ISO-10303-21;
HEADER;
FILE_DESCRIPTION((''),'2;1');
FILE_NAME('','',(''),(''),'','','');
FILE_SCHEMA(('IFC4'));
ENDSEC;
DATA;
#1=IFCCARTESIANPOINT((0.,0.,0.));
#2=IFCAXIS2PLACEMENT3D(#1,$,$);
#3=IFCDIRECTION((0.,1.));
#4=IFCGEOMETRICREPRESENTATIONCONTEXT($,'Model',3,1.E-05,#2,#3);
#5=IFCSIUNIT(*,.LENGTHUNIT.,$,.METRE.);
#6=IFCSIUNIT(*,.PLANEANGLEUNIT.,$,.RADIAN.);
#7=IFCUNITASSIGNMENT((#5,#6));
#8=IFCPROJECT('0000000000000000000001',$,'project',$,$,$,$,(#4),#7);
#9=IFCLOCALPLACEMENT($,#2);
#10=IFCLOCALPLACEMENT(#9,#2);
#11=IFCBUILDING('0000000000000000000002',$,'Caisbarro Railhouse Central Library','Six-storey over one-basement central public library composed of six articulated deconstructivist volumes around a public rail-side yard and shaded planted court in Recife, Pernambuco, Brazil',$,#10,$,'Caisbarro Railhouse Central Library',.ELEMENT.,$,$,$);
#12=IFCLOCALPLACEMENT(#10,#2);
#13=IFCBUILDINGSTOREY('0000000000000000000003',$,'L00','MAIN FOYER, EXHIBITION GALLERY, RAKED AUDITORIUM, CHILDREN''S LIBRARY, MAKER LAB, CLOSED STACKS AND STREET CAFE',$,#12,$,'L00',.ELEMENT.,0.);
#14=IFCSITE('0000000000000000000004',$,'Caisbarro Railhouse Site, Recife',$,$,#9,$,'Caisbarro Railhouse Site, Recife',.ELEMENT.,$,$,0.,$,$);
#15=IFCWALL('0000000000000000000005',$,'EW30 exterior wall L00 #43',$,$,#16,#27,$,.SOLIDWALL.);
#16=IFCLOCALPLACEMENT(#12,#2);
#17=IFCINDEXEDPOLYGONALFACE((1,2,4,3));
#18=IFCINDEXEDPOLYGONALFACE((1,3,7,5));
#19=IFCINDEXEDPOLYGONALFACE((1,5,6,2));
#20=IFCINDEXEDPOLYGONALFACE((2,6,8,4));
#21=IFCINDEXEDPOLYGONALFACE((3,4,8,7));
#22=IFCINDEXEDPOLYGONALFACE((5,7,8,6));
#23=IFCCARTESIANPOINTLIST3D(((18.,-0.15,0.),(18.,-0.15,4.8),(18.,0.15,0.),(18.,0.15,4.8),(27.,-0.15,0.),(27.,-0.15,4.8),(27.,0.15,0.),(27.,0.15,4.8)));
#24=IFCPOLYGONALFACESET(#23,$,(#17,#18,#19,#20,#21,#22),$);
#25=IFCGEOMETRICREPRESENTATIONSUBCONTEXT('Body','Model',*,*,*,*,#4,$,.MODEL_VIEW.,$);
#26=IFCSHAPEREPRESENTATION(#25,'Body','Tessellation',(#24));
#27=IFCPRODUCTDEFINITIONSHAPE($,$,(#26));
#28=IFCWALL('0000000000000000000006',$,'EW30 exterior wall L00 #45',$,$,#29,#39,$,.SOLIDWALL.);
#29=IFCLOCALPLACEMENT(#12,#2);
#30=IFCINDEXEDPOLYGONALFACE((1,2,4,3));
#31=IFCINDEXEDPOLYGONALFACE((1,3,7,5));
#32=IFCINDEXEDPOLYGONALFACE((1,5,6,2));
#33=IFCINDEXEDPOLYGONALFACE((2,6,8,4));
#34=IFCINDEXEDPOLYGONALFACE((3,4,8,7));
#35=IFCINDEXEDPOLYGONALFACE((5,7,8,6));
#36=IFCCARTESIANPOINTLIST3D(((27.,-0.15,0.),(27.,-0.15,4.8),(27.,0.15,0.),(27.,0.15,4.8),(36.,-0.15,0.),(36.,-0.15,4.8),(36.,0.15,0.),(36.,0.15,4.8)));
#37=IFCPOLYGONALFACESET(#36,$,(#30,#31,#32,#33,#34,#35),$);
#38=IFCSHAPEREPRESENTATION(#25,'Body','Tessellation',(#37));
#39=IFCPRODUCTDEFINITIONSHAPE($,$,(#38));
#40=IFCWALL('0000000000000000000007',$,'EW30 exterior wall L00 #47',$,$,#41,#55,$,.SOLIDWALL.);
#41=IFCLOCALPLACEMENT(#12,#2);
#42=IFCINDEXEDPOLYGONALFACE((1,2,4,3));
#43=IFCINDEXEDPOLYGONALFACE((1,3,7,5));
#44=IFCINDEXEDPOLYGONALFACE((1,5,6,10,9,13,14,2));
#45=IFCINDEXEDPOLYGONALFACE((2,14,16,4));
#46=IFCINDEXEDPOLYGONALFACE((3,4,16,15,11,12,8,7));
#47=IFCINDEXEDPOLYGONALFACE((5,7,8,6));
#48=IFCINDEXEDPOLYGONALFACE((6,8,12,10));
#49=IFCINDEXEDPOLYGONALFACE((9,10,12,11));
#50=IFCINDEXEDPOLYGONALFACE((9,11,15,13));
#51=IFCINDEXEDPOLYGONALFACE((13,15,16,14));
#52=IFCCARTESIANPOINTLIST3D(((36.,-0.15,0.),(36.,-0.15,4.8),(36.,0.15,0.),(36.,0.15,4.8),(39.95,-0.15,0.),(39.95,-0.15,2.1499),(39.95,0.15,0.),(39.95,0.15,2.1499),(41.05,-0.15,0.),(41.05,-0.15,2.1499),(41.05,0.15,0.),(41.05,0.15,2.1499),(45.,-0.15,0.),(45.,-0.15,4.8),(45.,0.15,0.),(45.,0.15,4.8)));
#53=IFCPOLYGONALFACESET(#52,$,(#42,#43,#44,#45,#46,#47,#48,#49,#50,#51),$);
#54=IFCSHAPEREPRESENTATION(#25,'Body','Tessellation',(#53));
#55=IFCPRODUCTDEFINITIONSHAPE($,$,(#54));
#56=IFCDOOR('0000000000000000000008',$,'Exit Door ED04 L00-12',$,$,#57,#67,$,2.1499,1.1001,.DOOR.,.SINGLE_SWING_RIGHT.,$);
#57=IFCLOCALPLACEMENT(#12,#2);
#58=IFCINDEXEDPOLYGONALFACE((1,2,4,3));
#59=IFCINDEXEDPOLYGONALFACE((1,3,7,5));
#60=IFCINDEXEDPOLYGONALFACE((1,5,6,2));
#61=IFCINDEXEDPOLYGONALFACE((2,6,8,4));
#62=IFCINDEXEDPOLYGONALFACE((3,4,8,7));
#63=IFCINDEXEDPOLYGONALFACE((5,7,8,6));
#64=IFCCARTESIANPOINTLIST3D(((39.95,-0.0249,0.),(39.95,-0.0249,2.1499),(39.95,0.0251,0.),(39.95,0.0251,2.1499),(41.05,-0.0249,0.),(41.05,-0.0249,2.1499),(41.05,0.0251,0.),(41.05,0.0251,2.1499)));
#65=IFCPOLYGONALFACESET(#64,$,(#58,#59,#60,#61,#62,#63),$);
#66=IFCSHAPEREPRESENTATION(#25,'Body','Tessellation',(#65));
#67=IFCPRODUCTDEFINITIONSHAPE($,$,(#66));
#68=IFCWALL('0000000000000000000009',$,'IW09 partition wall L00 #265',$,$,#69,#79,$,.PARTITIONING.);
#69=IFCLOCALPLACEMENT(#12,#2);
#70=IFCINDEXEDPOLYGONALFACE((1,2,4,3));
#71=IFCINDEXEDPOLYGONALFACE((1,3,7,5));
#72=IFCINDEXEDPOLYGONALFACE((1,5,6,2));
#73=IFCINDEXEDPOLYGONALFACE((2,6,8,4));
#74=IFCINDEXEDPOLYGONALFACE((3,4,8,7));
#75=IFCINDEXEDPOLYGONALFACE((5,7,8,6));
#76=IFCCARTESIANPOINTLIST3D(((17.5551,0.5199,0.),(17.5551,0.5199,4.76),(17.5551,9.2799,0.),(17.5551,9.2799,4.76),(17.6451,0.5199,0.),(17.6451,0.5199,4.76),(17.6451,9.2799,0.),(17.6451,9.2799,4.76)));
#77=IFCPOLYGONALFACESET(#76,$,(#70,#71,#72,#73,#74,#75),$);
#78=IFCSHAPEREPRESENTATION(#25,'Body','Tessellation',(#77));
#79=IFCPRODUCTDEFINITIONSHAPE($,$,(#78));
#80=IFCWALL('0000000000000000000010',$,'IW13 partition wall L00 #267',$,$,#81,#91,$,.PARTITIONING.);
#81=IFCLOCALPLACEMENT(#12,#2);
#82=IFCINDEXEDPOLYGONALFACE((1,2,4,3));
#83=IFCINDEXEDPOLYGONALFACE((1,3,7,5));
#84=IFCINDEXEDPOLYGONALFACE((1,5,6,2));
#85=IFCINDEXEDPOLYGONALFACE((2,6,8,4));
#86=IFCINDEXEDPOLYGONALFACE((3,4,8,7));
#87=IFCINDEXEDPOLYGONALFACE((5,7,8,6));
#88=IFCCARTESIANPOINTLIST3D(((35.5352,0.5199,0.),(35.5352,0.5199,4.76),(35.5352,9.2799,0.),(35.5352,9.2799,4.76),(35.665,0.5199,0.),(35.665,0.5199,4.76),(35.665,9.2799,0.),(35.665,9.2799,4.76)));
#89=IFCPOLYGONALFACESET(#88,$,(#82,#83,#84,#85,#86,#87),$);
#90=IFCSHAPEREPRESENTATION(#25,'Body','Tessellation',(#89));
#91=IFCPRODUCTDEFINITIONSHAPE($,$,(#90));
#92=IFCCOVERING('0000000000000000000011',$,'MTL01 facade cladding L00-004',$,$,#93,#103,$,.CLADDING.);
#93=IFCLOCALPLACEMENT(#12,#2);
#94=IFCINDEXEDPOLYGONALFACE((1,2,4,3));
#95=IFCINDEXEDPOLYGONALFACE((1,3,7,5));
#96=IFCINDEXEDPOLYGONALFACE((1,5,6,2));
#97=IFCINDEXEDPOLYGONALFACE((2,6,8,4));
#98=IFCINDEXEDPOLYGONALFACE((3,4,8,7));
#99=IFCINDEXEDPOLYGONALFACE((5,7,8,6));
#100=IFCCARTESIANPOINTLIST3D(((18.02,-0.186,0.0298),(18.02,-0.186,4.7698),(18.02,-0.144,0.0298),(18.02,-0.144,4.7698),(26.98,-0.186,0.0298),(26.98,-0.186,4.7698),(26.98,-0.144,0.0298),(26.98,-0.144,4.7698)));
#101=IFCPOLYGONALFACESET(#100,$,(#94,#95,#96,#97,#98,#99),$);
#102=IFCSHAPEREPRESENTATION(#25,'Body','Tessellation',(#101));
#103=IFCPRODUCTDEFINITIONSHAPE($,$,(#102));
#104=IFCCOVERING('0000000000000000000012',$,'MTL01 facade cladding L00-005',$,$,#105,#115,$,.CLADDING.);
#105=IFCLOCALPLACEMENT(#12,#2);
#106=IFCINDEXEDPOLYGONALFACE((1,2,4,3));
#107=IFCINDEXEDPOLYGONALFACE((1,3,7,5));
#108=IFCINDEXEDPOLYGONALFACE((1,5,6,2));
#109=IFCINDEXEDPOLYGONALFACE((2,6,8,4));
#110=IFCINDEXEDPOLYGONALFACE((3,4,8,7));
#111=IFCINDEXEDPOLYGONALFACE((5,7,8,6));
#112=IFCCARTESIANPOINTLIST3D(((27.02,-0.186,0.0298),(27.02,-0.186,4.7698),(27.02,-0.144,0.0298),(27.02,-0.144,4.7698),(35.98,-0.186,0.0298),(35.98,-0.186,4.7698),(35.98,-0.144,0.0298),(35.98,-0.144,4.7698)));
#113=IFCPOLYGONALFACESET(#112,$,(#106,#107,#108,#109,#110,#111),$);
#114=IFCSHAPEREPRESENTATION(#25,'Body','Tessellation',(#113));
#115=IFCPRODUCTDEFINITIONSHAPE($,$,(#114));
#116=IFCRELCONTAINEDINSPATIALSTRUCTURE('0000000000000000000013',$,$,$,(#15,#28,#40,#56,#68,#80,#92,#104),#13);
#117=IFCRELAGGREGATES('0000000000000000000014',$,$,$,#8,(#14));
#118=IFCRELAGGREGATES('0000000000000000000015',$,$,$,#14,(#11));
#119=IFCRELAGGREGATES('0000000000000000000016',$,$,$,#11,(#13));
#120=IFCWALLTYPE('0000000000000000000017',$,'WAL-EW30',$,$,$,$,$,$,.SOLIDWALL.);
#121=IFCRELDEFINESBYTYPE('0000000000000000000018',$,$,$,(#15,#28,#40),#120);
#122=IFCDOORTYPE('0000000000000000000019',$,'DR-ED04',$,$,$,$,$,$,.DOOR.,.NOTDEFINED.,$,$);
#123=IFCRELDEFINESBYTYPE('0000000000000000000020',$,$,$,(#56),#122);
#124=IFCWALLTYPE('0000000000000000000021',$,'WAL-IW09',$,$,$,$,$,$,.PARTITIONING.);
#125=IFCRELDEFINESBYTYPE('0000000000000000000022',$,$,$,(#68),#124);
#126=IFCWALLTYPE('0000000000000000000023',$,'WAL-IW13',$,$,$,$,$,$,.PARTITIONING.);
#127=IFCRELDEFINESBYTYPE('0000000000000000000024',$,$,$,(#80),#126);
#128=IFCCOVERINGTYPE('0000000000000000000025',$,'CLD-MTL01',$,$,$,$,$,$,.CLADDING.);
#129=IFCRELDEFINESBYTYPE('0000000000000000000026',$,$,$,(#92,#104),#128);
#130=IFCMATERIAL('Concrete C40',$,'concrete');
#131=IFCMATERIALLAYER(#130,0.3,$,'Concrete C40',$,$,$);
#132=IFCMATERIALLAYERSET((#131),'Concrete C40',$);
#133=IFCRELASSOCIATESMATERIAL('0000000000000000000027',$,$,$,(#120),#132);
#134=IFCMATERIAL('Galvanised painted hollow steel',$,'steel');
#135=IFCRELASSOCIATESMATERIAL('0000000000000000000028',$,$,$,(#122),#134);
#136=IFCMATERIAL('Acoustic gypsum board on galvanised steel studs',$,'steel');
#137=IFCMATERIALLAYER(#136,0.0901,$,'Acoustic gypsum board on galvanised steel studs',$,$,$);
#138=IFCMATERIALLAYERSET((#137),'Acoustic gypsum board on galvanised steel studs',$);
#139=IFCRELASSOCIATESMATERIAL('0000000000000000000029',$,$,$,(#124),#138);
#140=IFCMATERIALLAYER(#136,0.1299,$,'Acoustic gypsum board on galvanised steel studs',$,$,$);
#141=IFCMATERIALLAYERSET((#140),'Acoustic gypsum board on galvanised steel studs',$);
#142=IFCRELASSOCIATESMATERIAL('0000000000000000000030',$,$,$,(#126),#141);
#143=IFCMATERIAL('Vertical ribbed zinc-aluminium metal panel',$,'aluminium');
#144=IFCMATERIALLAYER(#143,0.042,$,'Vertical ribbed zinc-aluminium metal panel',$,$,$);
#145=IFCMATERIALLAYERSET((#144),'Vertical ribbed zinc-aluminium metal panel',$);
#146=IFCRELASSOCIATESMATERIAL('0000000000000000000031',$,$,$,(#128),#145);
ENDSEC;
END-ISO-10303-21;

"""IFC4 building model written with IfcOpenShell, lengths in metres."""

from ifc_helpers import new_model, si_unit, direction, frame, frame_2d, origin, origin_2d, place, context, subcontext, project, spatial, rectangle, extrude, material, layer, layer_set, type_object, element, fill, save


model = new_model("IFC4")

# Units and contexts
model_context = context("Model", 3, precision=1e-05, world=origin(), true_north=direction((0.0, 1.0)))
body_context = subcontext(model_context, "Body", "Model", "MODEL_VIEW")
ifc_project = project(units=[si_unit("LENGTHUNIT", "METRE"), si_unit("PLANEANGLEUNIT", "RADIAN")], contexts=[model_context])

# Site, building, storey
site_placement = place(None, origin())
site = spatial("IfcSite", under=ifc_project, at=site_placement, Name="Caisbarro Railhouse Site, Recife", LongName="Caisbarro Railhouse Site, Recife", CompositionType="ELEMENT", RefElevation=0.0)
building_placement = place(site_placement, origin())
building = spatial("IfcBuilding", under=site, at=building_placement, Name="Caisbarro Railhouse Central Library", Description="Six-storey over one-basement central public library composed of six articulated deconstructivist volumes around a public rail-side yard and shaded planted court in Recife, Pernambuco, Brazil", LongName="Caisbarro Railhouse Central Library", CompositionType="ELEMENT")
storey_placement = place(building_placement, origin())
storey = spatial("IfcBuildingStorey", under=building, at=storey_placement, Name="L00", Description="MAIN FOYER, EXHIBITION GALLERY, RAKED AUDITORIUM, CHILDREN'S LIBRARY, MAKER LAB, CLOSED STACKS AND STREET CAFE", LongName="L00", CompositionType="ELEMENT", Elevation=0.0)

# Walls
ifc_material_1 = material(Name="Concrete C40", Category="concrete")
ifc_layer_1 = layer(ifc_material_1, 0.3, Name="Concrete C40")
ifc_layer_set_1 = layer_set([ifc_layer_1], Name="Concrete C40")
wall_type_1 = type_object("IfcWallType", Name="WAL-EW30", PredefinedType="SOLIDWALL", material=ifc_layer_set_1)
for number, where, z_axis, x_axis, name in (
    (1, (18.0, 0.0, 0.0), (0.0, 0.0, 1.0), (1.0, 0.0, 0.0), "EW30 exterior wall L00 #43"),
    (2, (27.0, 0.0, 0.0), (0.0, 0.0, 1.0), (1.0, 0.0, 0.0), "EW30 exterior wall L00 #45"),
):
    element("IfcWall", number, at=place(storey_placement, frame(where, z_axis=z_axis, x_axis=x_axis)), inside=storey, type_object=wall_type_1, Name=name, PredefinedType="SOLIDWALL", context=body_context, shape_type="SweptSolid", body=[
        extrude(rectangle(XDim=9.0, YDim=0.3, at=frame_2d((4.5, 0.0))), origin(), (0.0, 0.0, 1.0), 4.8),
    ])

# Wall, opening, door
wall_1_placement = place(storey_placement, frame((36.0, 0.0, 0.0), z_axis=(0.0, 0.0, 1.0), x_axis=(1.0, 0.0, 0.0)))
wall_1 = element("IfcWall", 3, at=wall_1_placement, inside=storey, type_object=wall_type_1, Name="EW30 exterior wall L00 #47", PredefinedType="SOLIDWALL", context=body_context, shape_type="SweptSolid", body=[
    extrude(rectangle(XDim=9.0, YDim=0.3, at=frame_2d((4.5, 0.0))), origin(), (0.0, 0.0, 1.0), 4.8),
])
opening_placement = place(wall_1_placement, frame((3.95, 0.0, 0.0)))
opening = element("IfcOpeningElement", 4, at=opening_placement, cuts=wall_1, PredefinedType="OPENING", context=body_context, shape_type="SweptSolid", body=[
    extrude(rectangle(XDim=1.1001, YDim=2.1499, at=frame_2d((0.55, 1.075))), frame((0.0, 0.1602, 0.0), z_axis=(0.0, -1.0, 0.0), x_axis=(1.0, 0.0, 0.0)), (0.0, 0.0, 1.0), 0.3201),
])
ifc_material_2 = material(Name="Galvanised painted hollow steel", Category="steel")
door_type = type_object("IfcDoorType", Name="DR-ED04", OperationType="NOTDEFINED", PredefinedType="DOOR", material=ifc_material_2)
door_placement = place(opening_placement, frame((1.1001, 0.0, 0.0), z_axis=(0.0, 0.0, 1.0), x_axis=(-1.0, 0.0, 0.0)))
door = element("IfcDoor", 5, at=door_placement, inside=storey, type_object=door_type, Name="Exit Door ED04 L00-12", OperationType="SINGLE_SWING_RIGHT", OverallHeight=2.1499, OverallWidth=1.1001, PredefinedType="DOOR", context=body_context, shape_type="SweptSolid", body=[
    extrude(rectangle(XDim=1.1001, YDim=2.1499, at=frame_2d((0.55, 1.075))), frame((0.0, 0.0249, 0.0), z_axis=(0.0, -1.0, 0.0), x_axis=(1.0, 0.0, 0.0)), (0.0, 0.0, 1.0), 0.05),
])
fill(opening, door)

# Walls
ifc_material_3 = material(Name="Acoustic gypsum board on galvanised steel studs", Category="steel")
ifc_layer_2 = layer(ifc_material_3, 0.0901, Name="Acoustic gypsum board on galvanised steel studs")
ifc_layer_set_2 = layer_set([ifc_layer_2], Name="Acoustic gypsum board on galvanised steel studs")
wall_type_2 = type_object("IfcWallType", Name="WAL-IW09", PredefinedType="PARTITIONING", material=ifc_layer_set_2)
wall_2_placement = place(storey_placement, frame((17.6001, 0.52, 0.0), z_axis=(0.0, 0.0, 1.0), x_axis=(0.0, 1.0, 0.0)))
element("IfcWall", 6, at=wall_2_placement, inside=storey, type_object=wall_type_2, Name="IW09 partition wall L00 #265", PredefinedType="PARTITIONING", context=body_context, shape_type="SweptSolid", body=[
    extrude(rectangle(XDim=8.76, YDim=0.0901, at=frame_2d((4.3799, 0.0))), origin(), (0.0, 0.0, 1.0), 4.76),
])
ifc_layer_3 = layer(ifc_material_3, 0.1299, Name="Acoustic gypsum board on galvanised steel studs")
ifc_layer_set_3 = layer_set([ifc_layer_3], Name="Acoustic gypsum board on galvanised steel studs")
wall_type_3 = type_object("IfcWallType", Name="WAL-IW13", PredefinedType="PARTITIONING", material=ifc_layer_set_3)
wall_3_placement = place(storey_placement, frame((35.6001, 0.52, 0.0), z_axis=(0.0, 0.0, 1.0), x_axis=(0.0, 1.0, 0.0)))
element("IfcWall", 7, at=wall_3_placement, inside=storey, type_object=wall_type_3, Name="IW13 partition wall L00 #267", PredefinedType="PARTITIONING", context=body_context, shape_type="SweptSolid", body=[
    extrude(rectangle(XDim=8.76, YDim=0.1299, at=frame_2d((4.3799, 0.0))), origin(), (0.0, 0.0, 1.0), 4.76),
])

# Coverings
ifc_material_4 = material(Name="Vertical ribbed zinc-aluminium metal panel", Category="aluminium")
ifc_layer_4 = layer(ifc_material_4, 0.042, Name="Vertical ribbed zinc-aluminium metal panel")
ifc_layer_set_4 = layer_set([ifc_layer_4], Name="Vertical ribbed zinc-aluminium metal panel")
covering_type = type_object("IfcCoveringType", Name="CLD-MTL01", PredefinedType="CLADDING", material=ifc_layer_set_4)
for number, where, z_axis, x_axis, name in (
    (8, (22.5, -0.165, 0.0298), (0.0, 0.0, 1.0), (1.0, 0.0, 0.0), "MTL01 facade cladding L00-004"),
    (9, (31.5, -0.165, 0.0298), (0.0, 0.0, 1.0), (1.0, 0.0, 0.0), "MTL01 facade cladding L00-005"),
):
    element("IfcCovering", number, at=place(storey_placement, frame(where, z_axis=z_axis, x_axis=x_axis)), inside=storey, type_object=covering_type, Name=name, PredefinedType="CLADDING", context=body_context, shape_type="SweptSolid", body=[
        extrude(rectangle(XDim=8.96, YDim=0.042, at=origin_2d()), origin(), (0.0, 0.0, 1.0), 4.74),
    ])

save(model, "model.ifc")
